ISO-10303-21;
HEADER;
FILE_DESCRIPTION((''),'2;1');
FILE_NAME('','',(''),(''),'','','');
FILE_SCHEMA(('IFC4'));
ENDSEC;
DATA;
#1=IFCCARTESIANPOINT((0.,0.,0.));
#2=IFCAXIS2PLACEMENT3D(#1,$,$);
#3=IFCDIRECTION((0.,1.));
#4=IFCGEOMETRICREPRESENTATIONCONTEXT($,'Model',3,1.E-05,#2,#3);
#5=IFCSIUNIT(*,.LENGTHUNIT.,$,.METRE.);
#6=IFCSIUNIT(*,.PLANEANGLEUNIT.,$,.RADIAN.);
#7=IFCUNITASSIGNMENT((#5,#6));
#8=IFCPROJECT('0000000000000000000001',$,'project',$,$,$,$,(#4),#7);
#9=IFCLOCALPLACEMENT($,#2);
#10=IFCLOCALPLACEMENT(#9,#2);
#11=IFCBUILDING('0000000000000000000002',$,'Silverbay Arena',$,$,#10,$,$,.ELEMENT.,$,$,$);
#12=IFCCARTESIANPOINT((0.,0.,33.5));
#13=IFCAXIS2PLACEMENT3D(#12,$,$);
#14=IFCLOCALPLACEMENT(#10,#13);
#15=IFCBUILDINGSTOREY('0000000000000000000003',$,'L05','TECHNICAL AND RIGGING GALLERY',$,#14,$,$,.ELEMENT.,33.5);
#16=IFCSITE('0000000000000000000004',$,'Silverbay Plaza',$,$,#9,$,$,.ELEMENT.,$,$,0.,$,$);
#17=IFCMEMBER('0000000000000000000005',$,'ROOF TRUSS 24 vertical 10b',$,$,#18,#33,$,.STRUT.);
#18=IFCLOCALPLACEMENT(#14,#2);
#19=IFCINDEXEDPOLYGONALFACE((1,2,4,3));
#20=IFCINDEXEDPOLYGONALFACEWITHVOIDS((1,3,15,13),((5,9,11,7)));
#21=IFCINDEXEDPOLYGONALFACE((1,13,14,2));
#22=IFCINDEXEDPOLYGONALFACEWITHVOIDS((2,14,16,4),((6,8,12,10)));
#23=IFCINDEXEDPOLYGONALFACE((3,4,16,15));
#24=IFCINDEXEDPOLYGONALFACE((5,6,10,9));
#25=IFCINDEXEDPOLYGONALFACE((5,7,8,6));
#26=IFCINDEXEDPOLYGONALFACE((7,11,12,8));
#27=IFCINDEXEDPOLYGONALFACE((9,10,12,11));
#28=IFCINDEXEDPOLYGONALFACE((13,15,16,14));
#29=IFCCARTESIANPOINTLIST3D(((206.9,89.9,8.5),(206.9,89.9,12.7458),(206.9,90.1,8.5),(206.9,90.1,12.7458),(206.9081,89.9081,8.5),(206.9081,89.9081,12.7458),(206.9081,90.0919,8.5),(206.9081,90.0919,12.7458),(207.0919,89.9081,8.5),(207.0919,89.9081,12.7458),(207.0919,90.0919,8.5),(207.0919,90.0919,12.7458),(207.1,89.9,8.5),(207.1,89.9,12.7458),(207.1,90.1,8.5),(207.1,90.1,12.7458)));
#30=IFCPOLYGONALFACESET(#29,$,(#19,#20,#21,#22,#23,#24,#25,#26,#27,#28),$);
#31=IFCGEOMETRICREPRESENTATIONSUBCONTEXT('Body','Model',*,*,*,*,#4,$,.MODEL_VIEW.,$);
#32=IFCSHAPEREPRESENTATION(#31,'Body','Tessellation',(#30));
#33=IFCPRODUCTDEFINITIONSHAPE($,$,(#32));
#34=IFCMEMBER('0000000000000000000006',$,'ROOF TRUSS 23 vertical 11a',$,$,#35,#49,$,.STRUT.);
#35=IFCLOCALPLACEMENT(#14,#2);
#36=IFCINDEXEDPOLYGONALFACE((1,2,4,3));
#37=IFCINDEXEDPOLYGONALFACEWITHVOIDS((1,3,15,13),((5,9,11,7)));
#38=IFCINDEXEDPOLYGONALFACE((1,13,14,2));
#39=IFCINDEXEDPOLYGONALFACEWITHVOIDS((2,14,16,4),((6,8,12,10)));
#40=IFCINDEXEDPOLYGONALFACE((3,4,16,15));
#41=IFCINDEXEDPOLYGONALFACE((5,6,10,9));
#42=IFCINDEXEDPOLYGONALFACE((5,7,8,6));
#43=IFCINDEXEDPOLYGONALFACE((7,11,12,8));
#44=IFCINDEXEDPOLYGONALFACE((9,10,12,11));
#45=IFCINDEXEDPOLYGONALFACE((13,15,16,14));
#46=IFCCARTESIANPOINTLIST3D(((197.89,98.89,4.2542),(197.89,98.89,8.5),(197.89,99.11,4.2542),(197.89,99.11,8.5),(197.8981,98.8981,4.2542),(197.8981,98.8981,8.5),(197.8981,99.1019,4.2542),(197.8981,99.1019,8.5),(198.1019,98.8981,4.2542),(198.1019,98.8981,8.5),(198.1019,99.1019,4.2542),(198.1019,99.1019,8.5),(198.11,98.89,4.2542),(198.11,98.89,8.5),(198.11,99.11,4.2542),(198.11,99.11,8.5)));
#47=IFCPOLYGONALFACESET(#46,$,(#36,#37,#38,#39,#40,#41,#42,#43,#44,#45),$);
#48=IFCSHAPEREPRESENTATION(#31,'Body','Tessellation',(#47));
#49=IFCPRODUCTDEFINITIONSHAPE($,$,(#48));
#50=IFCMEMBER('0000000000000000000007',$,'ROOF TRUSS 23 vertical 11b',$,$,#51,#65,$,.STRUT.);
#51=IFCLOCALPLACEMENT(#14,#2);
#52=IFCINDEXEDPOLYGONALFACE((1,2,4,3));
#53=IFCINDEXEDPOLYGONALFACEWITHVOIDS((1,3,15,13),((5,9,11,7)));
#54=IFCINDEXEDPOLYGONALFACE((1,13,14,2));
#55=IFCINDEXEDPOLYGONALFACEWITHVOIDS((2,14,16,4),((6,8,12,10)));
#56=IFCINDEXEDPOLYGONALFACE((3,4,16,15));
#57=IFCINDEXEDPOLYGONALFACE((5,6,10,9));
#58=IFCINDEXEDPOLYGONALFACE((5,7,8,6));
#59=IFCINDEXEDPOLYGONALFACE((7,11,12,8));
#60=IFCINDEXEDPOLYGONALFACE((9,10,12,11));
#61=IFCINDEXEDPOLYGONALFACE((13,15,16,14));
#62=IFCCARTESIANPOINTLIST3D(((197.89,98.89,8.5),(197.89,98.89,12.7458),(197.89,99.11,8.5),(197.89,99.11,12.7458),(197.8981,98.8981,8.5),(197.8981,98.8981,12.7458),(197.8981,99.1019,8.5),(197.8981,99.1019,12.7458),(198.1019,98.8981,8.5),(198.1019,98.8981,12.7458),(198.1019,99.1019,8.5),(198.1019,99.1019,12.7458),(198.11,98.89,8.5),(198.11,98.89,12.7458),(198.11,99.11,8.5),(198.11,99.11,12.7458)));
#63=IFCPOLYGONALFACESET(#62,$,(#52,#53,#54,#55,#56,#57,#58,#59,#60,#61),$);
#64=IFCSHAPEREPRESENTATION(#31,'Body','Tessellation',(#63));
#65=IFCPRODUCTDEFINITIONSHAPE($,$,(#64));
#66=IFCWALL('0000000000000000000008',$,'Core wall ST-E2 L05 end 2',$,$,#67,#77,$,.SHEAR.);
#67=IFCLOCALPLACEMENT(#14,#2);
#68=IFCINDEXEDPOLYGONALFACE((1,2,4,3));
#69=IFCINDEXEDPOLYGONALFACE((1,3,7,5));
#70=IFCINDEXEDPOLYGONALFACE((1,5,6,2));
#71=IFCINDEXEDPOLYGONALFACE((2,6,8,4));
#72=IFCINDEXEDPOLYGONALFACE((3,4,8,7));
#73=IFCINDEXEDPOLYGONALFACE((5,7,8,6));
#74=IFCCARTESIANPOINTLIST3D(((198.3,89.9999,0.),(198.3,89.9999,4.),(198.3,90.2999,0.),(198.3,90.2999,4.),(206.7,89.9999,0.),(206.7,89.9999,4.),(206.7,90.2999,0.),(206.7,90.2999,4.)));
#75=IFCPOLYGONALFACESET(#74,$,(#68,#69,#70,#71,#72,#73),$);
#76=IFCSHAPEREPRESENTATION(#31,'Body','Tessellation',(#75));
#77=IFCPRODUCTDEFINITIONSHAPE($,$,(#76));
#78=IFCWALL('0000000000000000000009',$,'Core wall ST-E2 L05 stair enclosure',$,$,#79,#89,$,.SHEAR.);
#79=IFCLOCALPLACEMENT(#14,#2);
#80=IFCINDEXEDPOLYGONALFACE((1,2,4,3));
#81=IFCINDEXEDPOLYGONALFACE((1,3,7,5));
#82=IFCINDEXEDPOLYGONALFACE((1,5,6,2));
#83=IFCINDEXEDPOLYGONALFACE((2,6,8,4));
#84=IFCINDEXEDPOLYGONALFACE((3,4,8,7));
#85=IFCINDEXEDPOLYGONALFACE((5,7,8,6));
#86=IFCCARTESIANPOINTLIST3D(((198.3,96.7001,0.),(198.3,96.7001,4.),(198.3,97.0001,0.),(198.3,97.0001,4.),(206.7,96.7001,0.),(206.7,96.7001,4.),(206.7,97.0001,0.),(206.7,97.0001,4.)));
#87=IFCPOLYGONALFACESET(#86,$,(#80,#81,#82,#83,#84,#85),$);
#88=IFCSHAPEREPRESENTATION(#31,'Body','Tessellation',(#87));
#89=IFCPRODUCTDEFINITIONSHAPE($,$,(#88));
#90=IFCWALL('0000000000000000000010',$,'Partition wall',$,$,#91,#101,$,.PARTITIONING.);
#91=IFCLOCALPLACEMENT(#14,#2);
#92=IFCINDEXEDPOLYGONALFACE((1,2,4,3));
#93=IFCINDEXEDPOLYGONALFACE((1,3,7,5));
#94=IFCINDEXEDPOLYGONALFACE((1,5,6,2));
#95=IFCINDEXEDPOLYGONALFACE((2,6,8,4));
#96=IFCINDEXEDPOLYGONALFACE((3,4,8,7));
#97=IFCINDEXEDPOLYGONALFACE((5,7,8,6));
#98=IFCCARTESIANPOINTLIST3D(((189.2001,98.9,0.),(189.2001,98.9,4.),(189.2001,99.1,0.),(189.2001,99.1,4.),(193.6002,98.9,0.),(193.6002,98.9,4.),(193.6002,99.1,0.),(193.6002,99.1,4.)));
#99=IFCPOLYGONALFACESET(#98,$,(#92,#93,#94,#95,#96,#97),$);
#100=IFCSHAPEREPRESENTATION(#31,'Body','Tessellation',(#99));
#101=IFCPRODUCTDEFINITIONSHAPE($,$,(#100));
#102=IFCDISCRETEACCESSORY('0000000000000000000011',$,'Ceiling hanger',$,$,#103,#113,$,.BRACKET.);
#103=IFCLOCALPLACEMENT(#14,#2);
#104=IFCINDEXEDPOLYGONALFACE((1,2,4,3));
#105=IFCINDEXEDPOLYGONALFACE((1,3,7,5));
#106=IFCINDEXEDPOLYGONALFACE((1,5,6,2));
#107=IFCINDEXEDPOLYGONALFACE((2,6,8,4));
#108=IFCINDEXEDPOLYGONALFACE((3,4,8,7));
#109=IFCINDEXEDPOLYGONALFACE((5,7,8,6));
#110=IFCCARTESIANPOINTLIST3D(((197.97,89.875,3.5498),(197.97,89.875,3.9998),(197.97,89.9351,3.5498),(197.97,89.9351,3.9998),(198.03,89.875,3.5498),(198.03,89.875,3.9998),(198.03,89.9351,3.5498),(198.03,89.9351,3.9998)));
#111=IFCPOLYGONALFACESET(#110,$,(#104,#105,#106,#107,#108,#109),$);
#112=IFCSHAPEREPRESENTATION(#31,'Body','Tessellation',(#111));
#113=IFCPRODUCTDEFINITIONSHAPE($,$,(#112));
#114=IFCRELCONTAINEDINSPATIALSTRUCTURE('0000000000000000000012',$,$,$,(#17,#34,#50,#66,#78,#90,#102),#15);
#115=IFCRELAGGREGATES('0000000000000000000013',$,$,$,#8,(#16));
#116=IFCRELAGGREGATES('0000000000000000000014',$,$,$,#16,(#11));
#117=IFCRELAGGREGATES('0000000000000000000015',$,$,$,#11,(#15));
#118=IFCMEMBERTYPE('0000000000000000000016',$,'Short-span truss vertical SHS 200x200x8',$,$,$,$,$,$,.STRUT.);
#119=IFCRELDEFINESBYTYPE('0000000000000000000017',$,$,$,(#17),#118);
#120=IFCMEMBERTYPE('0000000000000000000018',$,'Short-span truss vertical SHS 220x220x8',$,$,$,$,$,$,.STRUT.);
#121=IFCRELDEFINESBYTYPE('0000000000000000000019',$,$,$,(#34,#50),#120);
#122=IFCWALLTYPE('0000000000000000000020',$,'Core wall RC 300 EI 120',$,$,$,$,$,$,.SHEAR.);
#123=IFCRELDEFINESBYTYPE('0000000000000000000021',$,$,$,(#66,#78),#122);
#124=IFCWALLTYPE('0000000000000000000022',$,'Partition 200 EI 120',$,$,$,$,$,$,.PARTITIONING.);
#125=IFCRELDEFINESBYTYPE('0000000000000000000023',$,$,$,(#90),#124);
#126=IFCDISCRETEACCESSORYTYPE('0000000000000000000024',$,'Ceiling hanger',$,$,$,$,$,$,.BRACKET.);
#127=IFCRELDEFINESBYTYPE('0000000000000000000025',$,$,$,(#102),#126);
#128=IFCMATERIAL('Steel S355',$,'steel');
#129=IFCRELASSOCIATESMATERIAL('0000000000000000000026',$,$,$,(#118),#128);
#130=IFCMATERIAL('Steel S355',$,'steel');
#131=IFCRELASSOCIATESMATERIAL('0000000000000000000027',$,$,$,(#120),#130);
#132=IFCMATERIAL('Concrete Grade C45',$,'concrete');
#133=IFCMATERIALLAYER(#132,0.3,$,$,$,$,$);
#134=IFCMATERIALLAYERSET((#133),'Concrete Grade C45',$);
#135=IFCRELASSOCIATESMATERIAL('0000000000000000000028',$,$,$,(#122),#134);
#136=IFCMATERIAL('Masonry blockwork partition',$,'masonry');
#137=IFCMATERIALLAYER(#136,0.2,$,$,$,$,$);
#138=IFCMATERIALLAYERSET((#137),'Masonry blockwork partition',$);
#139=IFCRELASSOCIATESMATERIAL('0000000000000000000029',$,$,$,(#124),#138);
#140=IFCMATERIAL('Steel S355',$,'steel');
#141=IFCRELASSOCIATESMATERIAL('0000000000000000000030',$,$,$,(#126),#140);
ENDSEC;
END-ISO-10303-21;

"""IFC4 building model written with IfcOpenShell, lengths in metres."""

from ifc_helpers import new_model, si_unit, direction, frame, frame_2d, origin, origin_2d, place, context, subcontext, project, spatial, rectangle, hollow_rectangle, extrude, material, layer, layer_set, material_profile, profile_set, type_object, element, save


model = new_model("IFC4")

# Units and contexts
model_context = context("Model", 3, precision=1e-05, world=origin(), true_north=direction((0.0, 1.0)))
body_context = subcontext(model_context, "Body", "Model", "MODEL_VIEW")
ifc_project = project(units=[si_unit("LENGTHUNIT", "METRE"), si_unit("PLANEANGLEUNIT", "RADIAN")], contexts=[model_context])

# Site, building, storey
site_placement = place(None, origin())
site = spatial("IfcSite", under=ifc_project, at=site_placement, Name="Silverbay Plaza", CompositionType="ELEMENT", RefElevation=0.0)
building_placement = place(site_placement, origin())
building = spatial("IfcBuilding", under=site, at=building_placement, Name="Silverbay Arena", CompositionType="ELEMENT")
storey_placement = place(building_placement, frame((0.0, 0.0, 33.5)))
storey = spatial("IfcBuildingStorey", under=building, at=storey_placement, Name="L05", Description="TECHNICAL AND RIGGING GALLERY", CompositionType="ELEMENT", Elevation=33.5)

# Members
ifc_material_1 = material(Name="Steel S355", Category="steel")
ifc_material_profile_1 = material_profile(ifc_material_1, hollow_rectangle(XDim=0.2, YDim=0.2, WallThickness=0.0081, at=origin_2d()), Name="SHS 200x200x8")
ifc_profile_set_1 = profile_set([ifc_material_profile_1], Name="Steel S355")
member_type_1 = type_object("IfcMemberType", Name="Short-span truss vertical SHS 200x200x8", PredefinedType="STRUT", material=ifc_profile_set_1)
for number, where, z_axis, x_axis, name in (
    (1, (207.0, 90.0, 8.5), (0.0, 0.0, 1.0), (1.0, 0.0, 0.0), "ROOF TRUSS 24 vertical 10b"),
):
    element("IfcMember", number, at=place(storey_placement, frame(where, z_axis=z_axis, x_axis=x_axis)), inside=storey, type_object=member_type_1, Name=name, PredefinedType="STRUT", context=body_context, shape_type="SweptSolid", body=[
        extrude(hollow_rectangle(XDim=0.2, YDim=0.2, WallThickness=0.0081, at=origin_2d()), origin(), (0.0, 0.0, 1.0), 4.2458),
    ])
ifc_material_2 = material(Name="Steel S355", Category="steel")
ifc_material_profile_2 = material_profile(ifc_material_2, hollow_rectangle(XDim=0.22, YDim=0.22, WallThickness=0.0081, at=origin_2d()), Name="SHS 220x220x8")
ifc_profile_set_2 = profile_set([ifc_material_profile_2], Name="Steel S355")
member_type_2 = type_object("IfcMemberType", Name="Short-span truss vertical SHS 220x220x8", PredefinedType="STRUT", material=ifc_profile_set_2)
for number, where, z_axis, x_axis, name in (
    (2, (198.0, 99.0, 4.2542), (0.0, 0.0, 1.0), (1.0, 0.0, 0.0), "ROOF TRUSS 23 vertical 11a"),
    (3, (198.0, 99.0, 8.5), (0.0, 0.0, 1.0), (1.0, 0.0, 0.0), "ROOF TRUSS 23 vertical 11b"),
):
    element("IfcMember", number, at=place(storey_placement, frame(where, z_axis=z_axis, x_axis=x_axis)), inside=storey, type_object=member_type_2, Name=name, PredefinedType="STRUT", context=body_context, shape_type="SweptSolid", body=[
        extrude(hollow_rectangle(XDim=0.22, YDim=0.22, WallThickness=0.0081, at=origin_2d()), origin(), (0.0, 0.0, 1.0), 4.2458),
    ])

# Walls
ifc_material_3 = material(Name="Concrete Grade C45", Category="concrete")
ifc_layer_1 = layer(ifc_material_3, 0.3)
ifc_layer_set_1 = layer_set([ifc_layer_1], Name="Concrete Grade C45")
wall_type_1 = type_object("IfcWallType", Name="Core wall RC 300 EI 120", PredefinedType="SHEAR", material=ifc_layer_set_1)
for number, where, z_axis, x_axis, name in (
    (4, (198.3, 90.1499, 0.0), (0.0, 0.0, 1.0), (1.0, 0.0, 0.0), "Core wall ST-E2 L05 end 2"),
    (5, (198.3, 96.8501, 0.0), (0.0, 0.0, 1.0), (1.0, 0.0, 0.0), "Core wall ST-E2 L05 stair enclosure"),
):
    element("IfcWall", number, at=place(storey_placement, frame(where, z_axis=z_axis, x_axis=x_axis)), inside=storey, type_object=wall_type_1, Name=name, PredefinedType="SHEAR", context=body_context, shape_type="SweptSolid", body=[
        extrude(rectangle(XDim=8.3999, YDim=0.3, at=frame_2d((4.2, 0.0))), origin(), (0.0, 0.0, 1.0), 4.0),
    ])
ifc_material_4 = material(Name="Masonry blockwork partition", Category="masonry")
ifc_layer_2 = layer(ifc_material_4, 0.2)
ifc_layer_set_2 = layer_set([ifc_layer_2], Name="Masonry blockwork partition")
wall_type_2 = type_object("IfcWallType", Name="Partition 200 EI 120", PredefinedType="PARTITIONING", material=ifc_layer_set_2)
wall_placement = place(storey_placement, frame((189.2, 99.0, 0.0), z_axis=(0.0, 0.0, 1.0), x_axis=(1.0, 0.0, 0.0)))
element("IfcWall", 6, at=wall_placement, inside=storey, type_object=wall_type_2, Name="Partition wall", PredefinedType="PARTITIONING", context=body_context, shape_type="SweptSolid", body=[
    extrude(rectangle(XDim=4.4001, YDim=0.2, at=frame_2d((2.2002, 0.0))), origin(), (0.0, 0.0, 1.0), 4.0),
])

# Discrete accessory
ifc_material_5 = material(Name="Steel S355", Category="steel")
discrete_accessory_type = type_object("IfcDiscreteAccessoryType", Name="Ceiling hanger", PredefinedType="BRACKET", material=ifc_material_5)
discrete_accessory_placement = place(storey_placement, frame((198.0, 89.905, 3.5498), z_axis=(0.0, 0.0, 1.0), x_axis=(1.0, 0.0, 0.0)))
element("IfcDiscreteAccessory", 7, at=discrete_accessory_placement, inside=storey, type_object=discrete_accessory_type, Name="Ceiling hanger", PredefinedType="BRACKET", context=body_context, shape_type="SweptSolid", body=[
    extrude(rectangle(XDim=0.0601, YDim=0.0601, at=origin_2d()), origin(), (0.0, 0.0, 1.0), 0.45),
])

save(model, "model.ifc")
